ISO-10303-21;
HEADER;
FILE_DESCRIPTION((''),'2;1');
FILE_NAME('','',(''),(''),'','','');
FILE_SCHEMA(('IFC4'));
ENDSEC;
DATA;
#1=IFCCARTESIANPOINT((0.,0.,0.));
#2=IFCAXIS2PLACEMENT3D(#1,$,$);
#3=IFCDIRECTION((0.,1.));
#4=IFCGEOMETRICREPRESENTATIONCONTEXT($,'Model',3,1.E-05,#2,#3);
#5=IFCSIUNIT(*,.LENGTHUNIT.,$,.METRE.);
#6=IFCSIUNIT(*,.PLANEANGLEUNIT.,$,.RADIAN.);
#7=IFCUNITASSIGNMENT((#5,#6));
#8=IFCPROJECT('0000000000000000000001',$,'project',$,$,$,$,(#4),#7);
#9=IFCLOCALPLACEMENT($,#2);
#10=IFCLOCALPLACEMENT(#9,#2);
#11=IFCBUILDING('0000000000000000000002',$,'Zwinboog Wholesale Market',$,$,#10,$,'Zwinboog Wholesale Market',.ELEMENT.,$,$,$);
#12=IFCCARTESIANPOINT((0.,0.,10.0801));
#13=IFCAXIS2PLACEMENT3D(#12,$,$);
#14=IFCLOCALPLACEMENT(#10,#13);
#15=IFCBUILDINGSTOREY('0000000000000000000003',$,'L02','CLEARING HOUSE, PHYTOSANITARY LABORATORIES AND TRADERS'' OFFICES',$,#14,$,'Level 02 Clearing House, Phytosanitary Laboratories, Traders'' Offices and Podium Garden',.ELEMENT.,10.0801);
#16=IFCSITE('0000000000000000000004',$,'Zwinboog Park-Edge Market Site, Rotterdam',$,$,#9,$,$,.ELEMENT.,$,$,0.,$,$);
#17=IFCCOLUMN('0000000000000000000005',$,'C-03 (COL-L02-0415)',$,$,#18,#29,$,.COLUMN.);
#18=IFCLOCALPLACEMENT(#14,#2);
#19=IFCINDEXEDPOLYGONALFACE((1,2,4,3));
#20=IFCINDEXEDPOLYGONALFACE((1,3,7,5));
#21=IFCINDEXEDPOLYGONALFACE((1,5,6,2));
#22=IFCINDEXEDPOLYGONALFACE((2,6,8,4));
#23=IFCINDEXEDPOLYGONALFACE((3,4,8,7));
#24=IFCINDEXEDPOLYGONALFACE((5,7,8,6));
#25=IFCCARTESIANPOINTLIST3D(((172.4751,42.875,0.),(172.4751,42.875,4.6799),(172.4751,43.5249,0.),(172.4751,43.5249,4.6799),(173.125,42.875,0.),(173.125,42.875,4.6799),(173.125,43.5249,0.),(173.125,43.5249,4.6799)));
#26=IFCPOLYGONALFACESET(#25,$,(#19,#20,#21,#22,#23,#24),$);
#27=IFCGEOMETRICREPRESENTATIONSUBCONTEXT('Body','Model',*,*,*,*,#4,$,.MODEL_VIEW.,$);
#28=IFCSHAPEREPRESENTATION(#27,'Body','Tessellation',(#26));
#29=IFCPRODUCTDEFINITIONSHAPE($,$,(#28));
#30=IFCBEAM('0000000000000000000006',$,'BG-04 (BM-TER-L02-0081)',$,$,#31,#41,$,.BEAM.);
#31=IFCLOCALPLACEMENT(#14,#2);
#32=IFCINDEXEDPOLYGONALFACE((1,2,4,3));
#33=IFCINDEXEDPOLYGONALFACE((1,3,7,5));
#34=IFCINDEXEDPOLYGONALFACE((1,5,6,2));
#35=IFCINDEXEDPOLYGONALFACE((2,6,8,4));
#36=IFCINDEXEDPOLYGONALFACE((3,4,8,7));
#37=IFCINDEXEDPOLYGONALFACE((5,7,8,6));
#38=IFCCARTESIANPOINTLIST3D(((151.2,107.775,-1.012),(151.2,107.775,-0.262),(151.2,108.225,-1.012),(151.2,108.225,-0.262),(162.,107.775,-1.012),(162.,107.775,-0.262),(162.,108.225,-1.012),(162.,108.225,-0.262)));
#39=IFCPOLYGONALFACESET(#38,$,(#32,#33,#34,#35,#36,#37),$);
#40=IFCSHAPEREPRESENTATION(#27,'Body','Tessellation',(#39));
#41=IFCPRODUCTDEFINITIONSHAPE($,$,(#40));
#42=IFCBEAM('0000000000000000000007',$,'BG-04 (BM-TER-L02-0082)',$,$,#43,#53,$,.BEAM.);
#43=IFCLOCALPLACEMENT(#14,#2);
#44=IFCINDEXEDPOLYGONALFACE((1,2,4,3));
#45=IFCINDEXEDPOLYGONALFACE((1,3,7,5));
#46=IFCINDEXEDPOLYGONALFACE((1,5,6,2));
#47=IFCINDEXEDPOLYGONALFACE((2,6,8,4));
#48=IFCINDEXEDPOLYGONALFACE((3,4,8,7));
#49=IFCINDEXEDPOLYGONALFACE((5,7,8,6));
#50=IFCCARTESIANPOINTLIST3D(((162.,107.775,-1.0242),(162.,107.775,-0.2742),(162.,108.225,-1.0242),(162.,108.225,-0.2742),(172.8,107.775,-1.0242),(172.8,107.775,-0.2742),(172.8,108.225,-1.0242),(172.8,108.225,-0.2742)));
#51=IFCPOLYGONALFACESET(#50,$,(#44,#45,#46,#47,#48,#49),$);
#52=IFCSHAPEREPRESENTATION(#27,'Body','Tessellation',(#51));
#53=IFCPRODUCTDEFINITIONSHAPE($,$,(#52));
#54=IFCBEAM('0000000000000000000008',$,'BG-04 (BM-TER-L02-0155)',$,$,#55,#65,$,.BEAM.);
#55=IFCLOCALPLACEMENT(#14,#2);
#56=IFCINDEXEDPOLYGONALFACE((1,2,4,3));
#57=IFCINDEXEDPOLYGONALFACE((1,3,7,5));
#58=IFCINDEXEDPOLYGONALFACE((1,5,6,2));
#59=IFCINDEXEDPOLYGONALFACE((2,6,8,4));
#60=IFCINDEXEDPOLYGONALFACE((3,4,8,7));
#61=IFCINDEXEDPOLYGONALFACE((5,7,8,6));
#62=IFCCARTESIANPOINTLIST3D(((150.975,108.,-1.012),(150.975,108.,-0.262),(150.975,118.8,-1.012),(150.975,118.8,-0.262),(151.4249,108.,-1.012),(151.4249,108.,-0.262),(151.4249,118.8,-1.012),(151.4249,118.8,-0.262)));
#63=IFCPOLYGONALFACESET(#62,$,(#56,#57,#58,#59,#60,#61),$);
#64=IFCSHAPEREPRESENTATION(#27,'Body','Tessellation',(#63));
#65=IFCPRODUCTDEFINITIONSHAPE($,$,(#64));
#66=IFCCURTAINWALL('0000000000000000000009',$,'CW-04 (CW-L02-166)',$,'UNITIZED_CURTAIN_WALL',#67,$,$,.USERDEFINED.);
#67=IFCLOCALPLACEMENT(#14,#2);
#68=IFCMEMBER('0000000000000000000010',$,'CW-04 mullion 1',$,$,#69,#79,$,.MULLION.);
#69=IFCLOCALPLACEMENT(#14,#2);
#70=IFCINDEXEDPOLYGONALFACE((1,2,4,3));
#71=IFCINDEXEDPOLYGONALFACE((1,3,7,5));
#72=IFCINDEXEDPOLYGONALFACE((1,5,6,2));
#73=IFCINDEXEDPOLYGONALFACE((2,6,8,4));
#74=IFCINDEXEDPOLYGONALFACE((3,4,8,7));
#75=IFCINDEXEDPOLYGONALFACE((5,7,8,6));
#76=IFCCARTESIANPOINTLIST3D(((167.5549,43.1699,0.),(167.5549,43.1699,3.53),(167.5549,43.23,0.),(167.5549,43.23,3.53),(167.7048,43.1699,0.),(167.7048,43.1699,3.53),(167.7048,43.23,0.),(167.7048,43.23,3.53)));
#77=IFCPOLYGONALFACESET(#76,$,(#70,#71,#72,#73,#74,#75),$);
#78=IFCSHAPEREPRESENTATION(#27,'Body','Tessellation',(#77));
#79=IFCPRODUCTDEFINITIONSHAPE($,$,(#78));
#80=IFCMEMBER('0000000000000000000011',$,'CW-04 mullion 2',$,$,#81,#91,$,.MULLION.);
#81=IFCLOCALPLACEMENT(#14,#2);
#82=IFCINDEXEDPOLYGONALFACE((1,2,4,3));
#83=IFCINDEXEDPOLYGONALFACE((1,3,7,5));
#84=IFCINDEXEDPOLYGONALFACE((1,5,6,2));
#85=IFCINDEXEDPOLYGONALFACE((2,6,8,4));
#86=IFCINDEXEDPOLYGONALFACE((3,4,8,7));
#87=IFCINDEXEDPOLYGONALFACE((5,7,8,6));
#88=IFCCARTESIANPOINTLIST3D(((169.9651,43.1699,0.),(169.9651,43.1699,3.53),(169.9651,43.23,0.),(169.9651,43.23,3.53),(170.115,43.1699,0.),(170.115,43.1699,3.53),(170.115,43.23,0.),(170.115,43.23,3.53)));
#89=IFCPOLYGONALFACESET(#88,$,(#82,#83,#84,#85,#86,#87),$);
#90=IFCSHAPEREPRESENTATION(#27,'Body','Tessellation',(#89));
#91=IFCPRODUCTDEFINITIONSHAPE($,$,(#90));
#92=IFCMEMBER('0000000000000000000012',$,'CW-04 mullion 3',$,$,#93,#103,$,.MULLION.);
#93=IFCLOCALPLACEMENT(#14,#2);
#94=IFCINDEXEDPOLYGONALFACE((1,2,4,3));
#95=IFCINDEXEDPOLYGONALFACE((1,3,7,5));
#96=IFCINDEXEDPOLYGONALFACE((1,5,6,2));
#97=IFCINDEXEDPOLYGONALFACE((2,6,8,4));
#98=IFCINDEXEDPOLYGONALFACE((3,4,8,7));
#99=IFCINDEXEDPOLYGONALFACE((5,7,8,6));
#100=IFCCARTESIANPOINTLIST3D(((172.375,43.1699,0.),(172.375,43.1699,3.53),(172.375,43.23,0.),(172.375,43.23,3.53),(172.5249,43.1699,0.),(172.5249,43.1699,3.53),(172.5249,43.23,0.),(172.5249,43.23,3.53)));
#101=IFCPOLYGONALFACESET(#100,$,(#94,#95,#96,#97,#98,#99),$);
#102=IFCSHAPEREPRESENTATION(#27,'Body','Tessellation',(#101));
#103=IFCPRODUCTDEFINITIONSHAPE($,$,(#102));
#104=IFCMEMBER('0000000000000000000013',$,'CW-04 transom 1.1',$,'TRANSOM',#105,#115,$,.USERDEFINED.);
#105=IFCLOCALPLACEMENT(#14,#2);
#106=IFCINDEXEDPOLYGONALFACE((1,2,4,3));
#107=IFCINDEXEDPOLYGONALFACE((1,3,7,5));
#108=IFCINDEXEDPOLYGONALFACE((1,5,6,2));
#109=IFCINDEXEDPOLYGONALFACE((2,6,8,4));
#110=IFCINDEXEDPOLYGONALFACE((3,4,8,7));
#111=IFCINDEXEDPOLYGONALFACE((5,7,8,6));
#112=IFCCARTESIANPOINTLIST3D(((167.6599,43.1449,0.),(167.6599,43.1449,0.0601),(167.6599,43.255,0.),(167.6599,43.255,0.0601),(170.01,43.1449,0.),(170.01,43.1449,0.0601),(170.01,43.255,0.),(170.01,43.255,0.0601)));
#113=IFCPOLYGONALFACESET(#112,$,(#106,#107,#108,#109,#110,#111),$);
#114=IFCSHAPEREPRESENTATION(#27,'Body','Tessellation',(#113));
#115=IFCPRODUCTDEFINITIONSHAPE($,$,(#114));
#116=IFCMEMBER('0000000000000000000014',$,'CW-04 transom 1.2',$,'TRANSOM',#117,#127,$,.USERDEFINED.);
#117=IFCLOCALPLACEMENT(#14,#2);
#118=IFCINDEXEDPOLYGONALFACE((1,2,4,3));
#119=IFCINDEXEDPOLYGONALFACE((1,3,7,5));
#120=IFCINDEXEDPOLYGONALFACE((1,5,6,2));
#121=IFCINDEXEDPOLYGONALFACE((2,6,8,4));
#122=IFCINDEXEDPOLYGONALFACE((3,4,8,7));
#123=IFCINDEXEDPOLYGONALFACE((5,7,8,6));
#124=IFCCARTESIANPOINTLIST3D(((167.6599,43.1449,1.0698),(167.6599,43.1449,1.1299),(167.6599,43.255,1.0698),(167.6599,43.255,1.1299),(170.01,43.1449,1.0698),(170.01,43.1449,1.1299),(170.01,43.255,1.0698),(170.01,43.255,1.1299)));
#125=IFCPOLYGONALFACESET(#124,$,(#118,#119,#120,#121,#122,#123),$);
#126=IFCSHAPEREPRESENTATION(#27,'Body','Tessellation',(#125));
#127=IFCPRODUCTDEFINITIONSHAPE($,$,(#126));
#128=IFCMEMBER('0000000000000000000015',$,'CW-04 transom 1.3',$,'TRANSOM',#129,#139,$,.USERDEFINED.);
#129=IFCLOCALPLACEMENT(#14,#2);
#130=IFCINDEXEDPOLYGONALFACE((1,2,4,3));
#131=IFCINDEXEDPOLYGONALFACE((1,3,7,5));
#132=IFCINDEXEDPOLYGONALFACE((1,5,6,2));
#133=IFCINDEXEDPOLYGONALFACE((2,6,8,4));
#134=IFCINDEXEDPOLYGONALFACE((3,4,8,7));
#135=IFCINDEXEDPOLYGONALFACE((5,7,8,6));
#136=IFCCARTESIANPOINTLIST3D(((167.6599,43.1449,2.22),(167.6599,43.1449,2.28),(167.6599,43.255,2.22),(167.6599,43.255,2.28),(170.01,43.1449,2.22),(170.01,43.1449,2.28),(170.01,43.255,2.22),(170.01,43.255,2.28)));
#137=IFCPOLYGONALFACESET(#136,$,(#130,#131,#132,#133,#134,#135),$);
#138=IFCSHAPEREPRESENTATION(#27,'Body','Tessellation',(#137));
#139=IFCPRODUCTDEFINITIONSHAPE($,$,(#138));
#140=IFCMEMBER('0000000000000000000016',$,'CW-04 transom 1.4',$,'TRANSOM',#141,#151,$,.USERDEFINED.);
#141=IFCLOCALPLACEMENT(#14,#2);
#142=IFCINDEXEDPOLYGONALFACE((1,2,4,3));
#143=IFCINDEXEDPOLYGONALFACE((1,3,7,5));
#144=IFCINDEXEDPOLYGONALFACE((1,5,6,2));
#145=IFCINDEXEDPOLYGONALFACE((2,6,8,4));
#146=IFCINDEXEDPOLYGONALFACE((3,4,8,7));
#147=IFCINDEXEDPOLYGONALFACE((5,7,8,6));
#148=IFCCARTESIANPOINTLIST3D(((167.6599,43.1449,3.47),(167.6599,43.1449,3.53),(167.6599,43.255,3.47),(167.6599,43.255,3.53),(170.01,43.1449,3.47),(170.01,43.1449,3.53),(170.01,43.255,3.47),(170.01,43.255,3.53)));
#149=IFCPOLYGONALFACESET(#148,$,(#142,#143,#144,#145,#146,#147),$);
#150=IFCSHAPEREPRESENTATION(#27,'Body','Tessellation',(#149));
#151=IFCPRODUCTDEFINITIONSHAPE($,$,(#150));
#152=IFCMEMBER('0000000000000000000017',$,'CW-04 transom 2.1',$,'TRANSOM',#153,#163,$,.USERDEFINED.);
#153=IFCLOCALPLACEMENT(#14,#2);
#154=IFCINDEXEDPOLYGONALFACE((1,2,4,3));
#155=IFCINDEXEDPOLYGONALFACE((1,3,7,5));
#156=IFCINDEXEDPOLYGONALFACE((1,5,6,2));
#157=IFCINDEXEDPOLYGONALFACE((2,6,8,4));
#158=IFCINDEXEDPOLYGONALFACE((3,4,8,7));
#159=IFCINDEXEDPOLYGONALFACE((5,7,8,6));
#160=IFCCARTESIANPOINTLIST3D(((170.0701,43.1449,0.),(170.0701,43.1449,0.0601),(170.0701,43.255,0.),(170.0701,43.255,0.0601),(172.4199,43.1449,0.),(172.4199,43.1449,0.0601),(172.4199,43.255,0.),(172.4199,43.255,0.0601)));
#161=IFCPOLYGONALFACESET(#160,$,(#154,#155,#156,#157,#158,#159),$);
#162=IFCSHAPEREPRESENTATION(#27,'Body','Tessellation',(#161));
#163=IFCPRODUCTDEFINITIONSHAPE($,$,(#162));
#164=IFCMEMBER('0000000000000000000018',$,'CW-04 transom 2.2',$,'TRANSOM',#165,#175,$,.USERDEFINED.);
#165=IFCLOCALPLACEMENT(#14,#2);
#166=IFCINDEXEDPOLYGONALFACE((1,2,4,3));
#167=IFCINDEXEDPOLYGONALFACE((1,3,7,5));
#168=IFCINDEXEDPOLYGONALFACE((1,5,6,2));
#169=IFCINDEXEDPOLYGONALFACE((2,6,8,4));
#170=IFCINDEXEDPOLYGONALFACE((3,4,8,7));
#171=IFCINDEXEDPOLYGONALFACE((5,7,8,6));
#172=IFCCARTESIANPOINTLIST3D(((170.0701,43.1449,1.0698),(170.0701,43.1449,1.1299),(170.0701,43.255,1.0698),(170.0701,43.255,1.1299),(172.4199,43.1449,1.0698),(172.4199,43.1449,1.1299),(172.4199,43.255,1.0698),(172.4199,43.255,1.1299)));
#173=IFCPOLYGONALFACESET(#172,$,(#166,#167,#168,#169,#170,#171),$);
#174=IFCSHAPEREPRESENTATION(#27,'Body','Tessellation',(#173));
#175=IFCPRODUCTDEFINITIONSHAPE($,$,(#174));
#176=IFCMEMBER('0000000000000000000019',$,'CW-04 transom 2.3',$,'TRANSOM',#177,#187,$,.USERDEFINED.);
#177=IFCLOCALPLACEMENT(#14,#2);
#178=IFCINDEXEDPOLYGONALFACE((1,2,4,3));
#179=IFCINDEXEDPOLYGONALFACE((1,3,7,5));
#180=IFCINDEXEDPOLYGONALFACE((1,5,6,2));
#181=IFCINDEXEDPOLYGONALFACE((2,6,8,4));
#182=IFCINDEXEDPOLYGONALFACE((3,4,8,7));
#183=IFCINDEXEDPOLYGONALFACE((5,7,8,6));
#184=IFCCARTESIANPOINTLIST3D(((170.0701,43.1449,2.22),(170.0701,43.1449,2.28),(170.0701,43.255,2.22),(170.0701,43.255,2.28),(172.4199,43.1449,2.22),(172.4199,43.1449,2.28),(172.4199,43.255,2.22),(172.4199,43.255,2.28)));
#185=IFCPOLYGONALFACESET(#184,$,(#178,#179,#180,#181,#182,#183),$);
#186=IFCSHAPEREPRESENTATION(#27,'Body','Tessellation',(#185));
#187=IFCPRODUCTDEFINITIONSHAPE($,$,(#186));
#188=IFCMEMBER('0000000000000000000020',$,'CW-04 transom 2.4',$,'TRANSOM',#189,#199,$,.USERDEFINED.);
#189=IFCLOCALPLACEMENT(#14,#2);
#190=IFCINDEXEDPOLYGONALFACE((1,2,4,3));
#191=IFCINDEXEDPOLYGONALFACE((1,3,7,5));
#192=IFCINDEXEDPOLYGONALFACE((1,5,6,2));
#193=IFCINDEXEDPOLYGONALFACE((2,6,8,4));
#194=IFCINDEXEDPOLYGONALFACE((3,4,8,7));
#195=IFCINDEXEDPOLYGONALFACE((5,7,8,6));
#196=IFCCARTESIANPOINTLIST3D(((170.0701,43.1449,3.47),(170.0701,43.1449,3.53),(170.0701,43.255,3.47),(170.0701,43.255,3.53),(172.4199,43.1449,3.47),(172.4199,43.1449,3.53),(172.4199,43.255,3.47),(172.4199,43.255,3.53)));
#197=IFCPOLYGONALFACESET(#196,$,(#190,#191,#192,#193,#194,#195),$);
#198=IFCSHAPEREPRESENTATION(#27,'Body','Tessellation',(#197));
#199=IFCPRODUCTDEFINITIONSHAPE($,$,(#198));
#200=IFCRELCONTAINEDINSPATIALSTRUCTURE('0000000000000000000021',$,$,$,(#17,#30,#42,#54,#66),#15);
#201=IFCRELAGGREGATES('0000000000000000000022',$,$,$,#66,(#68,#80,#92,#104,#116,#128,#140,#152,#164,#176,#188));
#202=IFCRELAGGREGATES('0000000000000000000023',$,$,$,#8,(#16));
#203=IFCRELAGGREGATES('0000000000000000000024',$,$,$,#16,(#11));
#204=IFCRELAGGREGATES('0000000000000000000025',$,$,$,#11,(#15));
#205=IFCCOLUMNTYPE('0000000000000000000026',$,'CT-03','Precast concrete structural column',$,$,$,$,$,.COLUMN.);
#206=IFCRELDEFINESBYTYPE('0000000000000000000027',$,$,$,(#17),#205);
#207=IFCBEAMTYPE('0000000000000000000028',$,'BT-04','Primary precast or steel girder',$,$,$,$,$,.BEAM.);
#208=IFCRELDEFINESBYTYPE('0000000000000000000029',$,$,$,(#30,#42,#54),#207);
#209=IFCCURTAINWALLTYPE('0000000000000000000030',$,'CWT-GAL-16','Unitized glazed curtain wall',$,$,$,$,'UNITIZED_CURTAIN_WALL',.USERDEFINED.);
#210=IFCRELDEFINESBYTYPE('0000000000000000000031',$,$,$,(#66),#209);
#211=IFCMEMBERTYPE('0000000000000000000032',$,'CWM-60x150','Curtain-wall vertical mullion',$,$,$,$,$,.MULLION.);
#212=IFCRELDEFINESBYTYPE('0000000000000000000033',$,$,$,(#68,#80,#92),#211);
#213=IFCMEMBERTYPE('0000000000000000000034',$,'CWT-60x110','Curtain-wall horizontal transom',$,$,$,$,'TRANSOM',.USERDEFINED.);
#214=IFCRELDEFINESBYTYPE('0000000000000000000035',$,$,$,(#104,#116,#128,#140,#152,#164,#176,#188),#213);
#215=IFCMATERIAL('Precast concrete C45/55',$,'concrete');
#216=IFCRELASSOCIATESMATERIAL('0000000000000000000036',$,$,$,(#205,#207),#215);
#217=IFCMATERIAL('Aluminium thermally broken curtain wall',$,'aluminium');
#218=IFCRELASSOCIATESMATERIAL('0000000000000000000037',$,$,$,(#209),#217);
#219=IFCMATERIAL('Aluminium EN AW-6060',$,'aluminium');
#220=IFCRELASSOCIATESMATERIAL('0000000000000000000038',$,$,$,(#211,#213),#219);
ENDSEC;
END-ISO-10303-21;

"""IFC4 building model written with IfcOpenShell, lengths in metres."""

from ifc_helpers import new_model, si_unit, direction, frame, origin, origin_2d, place, context, subcontext, project, spatial, rectangle, extrude, material, material_profile, profile_set, type_object, element, aggregate, save


model = new_model("IFC4")

# Units and contexts
model_context = context("Model", 3, precision=1e-05, world=origin(), true_north=direction((0.0, 1.0)))
body_context = subcontext(model_context, "Body", "Model", "MODEL_VIEW")
ifc_project = project(units=[si_unit("LENGTHUNIT", "METRE"), si_unit("PLANEANGLEUNIT", "RADIAN")], contexts=[model_context])

# Site, building, storey
site_placement = place(None, origin())
site = spatial("IfcSite", under=ifc_project, at=site_placement, Name="Zwinboog Park-Edge Market Site, Rotterdam", CompositionType="ELEMENT", RefElevation=0.0)
building_placement = place(site_placement, origin())
building = spatial("IfcBuilding", under=site, at=building_placement, Name="Zwinboog Wholesale Market", LongName="Zwinboog Wholesale Market", CompositionType="ELEMENT")
storey_placement = place(building_placement, frame((0.0, 0.0, 10.0801)))
storey = spatial("IfcBuildingStorey", under=building, at=storey_placement, Name="L02", Description="CLEARING HOUSE, PHYTOSANITARY LABORATORIES AND TRADERS' OFFICES", LongName="Level 02 Clearing House, Phytosanitary Laboratories, Traders' Offices and Podium Garden", CompositionType="ELEMENT", Elevation=10.0801)

# Column
ifc_material_1 = material(Name="Precast concrete C45/55", Category="concrete")
ifc_material_profile_1 = material_profile(ifc_material_1, rectangle(XDim=0.6499, YDim=0.6499, at=origin_2d()), Name="PC 650x650")
ifc_profile_set_1 = profile_set([ifc_material_profile_1], Name="Precast concrete C45/55")
column_type = type_object("IfcColumnType", Name="CT-03", Description="Precast concrete structural column", PredefinedType="COLUMN", material=ifc_profile_set_1)
column_placement = place(storey_placement, frame((172.8, 43.2, 0.0), z_axis=(0.0, 0.0, 1.0), x_axis=(1.0, 0.0, 0.0)))
element("IfcColumn", 1, at=column_placement, inside=storey, type_object=column_type, Name="C-03 (COL-L02-0415)", PredefinedType="COLUMN", context=body_context, shape_type="SweptSolid", body=[
    extrude(rectangle(XDim=0.6499, YDim=0.6499, at=origin_2d()), origin(), (0.0, 0.0, 1.0), 4.6799),
])

# Beams
ifc_material_profile_2 = material_profile(ifc_material_1, rectangle(XDim=0.45, YDim=0.75, at=origin_2d()), Name="PC 450x750")
ifc_profile_set_2 = profile_set([ifc_material_profile_2], Name="Precast concrete C45/55")
beam_type = type_object("IfcBeamType", Name="BT-04", Description="Primary precast or steel girder", PredefinedType="BEAM", material=ifc_profile_set_2)
for number, where, z_axis, x_axis, name in (
    (2, (151.2, 108.0, -0.637), (1.0, 0.0, 0.0), (0.0, 1.0, 0.0), "BG-04 (BM-TER-L02-0081)"),
    (3, (162.0, 108.0, -0.6492), (1.0, 0.0, 0.0), (0.0, 1.0, 0.0), "BG-04 (BM-TER-L02-0082)"),
    (4, (151.2, 108.0, -0.637), (0.0, 1.0, 0.0), (-1.0, 0.0, 0.0), "BG-04 (BM-TER-L02-0155)"),
):
    element("IfcBeam", number, at=place(storey_placement, frame(where, z_axis=z_axis, x_axis=x_axis)), inside=storey, type_object=beam_type, Name=name, PredefinedType="BEAM", context=body_context, shape_type="SweptSolid", body=[
        extrude(rectangle(XDim=0.45, YDim=0.75, at=origin_2d()), origin(), (0.0, 0.0, 1.0), 10.8),
    ])

# Curtain wall, members
ifc_material_2 = material(Name="Aluminium thermally broken curtain wall", Category="aluminium")
curtain_wall_type = type_object("IfcCurtainWallType", Name="CWT-GAL-16", Description="Unitized glazed curtain wall", ElementType="UNITIZED_CURTAIN_WALL", PredefinedType="USERDEFINED", material=ifc_material_2)
curtain_wall_placement = place(storey_placement, origin())
curtain_wall = element("IfcCurtainWall", 5, at=curtain_wall_placement, inside=storey, type_object=curtain_wall_type, Name="CW-04 (CW-L02-166)", ObjectType="UNITIZED_CURTAIN_WALL", PredefinedType="USERDEFINED")
ifc_material_3 = material(Name="Aluminium EN AW-6060", Category="aluminium")
ifc_material_profile_3 = material_profile(ifc_material_3, rectangle(XDim=0.0601, YDim=0.1499, at=origin_2d()), Name="AL 60x150")
ifc_profile_set_3 = profile_set([ifc_material_profile_3], Name="Aluminium EN AW-6060")
member_type_1 = type_object("IfcMemberType", Name="CWM-60x150", Description="Curtain-wall vertical mullion", PredefinedType="MULLION", material=ifc_profile_set_3)
member_1_placement = place(storey_placement, frame((167.6299, 43.2, 0.0), z_axis=(0.0, 0.0, 1.0), x_axis=(0.0, 1.0, 0.0)))
member_1 = element("IfcMember", 6, at=member_1_placement, type_object=member_type_1, Name="CW-04 mullion 1", PredefinedType="MULLION", context=body_context, shape_type="SweptSolid", body=[
    extrude(rectangle(XDim=0.0601, YDim=0.1499, at=origin_2d()), origin(), (0.0, 0.0, 1.0), 3.53),
])
member_2_placement = place(storey_placement, frame((170.04, 43.2, 0.0), z_axis=(0.0, 0.0, 1.0), x_axis=(0.0, 1.0, 0.0)))
member_2 = element("IfcMember", 7, at=member_2_placement, type_object=member_type_1, Name="CW-04 mullion 2", PredefinedType="MULLION", context=body_context, shape_type="SweptSolid", body=[
    extrude(rectangle(XDim=0.0601, YDim=0.1499, at=origin_2d()), origin(), (0.0, 0.0, 1.0), 3.53),
])
member_3_placement = place(storey_placement, frame((172.45, 43.2, 0.0), z_axis=(0.0, 0.0, 1.0), x_axis=(0.0, 1.0, 0.0)))
member_3 = element("IfcMember", 8, at=member_3_placement, type_object=member_type_1, Name="CW-04 mullion 3", PredefinedType="MULLION", context=body_context, shape_type="SweptSolid", body=[
    extrude(rectangle(XDim=0.0601, YDim=0.1499, at=origin_2d()), origin(), (0.0, 0.0, 1.0), 3.53),
])
ifc_material_profile_4 = material_profile(ifc_material_3, rectangle(XDim=0.1101, YDim=0.0601, at=origin_2d()), Name="AL 60x110")
ifc_profile_set_4 = profile_set([ifc_material_profile_4], Name="Aluminium EN AW-6060")
member_type_2 = type_object("IfcMemberType", Name="CWT-60x110", Description="Curtain-wall horizontal transom", ElementType="TRANSOM", PredefinedType="USERDEFINED", material=ifc_profile_set_4)
member_4_placement = place(storey_placement, frame((167.6599, 43.2, 0.03), z_axis=(1.0, 0.0, 0.0), x_axis=(0.0, 1.0, 0.0)))
member_4 = element("IfcMember", 9, at=member_4_placement, type_object=member_type_2, Name="CW-04 transom 1.1", ObjectType="TRANSOM", PredefinedType="USERDEFINED", context=body_context, shape_type="SweptSolid", body=[
    extrude(rectangle(XDim=0.1101, YDim=0.0601, at=origin_2d()), origin(), (0.0, 0.0, 1.0), 2.3501),
])
member_5_placement = place(storey_placement, frame((167.6599, 43.2, 1.0999), z_axis=(1.0, 0.0, 0.0), x_axis=(0.0, 1.0, 0.0)))
member_5 = element("IfcMember", 10, at=member_5_placement, type_object=member_type_2, Name="CW-04 transom 1.2", ObjectType="TRANSOM", PredefinedType="USERDEFINED", context=body_context, shape_type="SweptSolid", body=[
    extrude(rectangle(XDim=0.1101, YDim=0.0601, at=origin_2d()), origin(), (0.0, 0.0, 1.0), 2.3501),
])
member_6_placement = place(storey_placement, frame((167.6599, 43.2, 2.25), z_axis=(1.0, 0.0, 0.0), x_axis=(0.0, 1.0, 0.0)))
member_6 = element("IfcMember", 11, at=member_6_placement, type_object=member_type_2, Name="CW-04 transom 1.3", ObjectType="TRANSOM", PredefinedType="USERDEFINED", context=body_context, shape_type="SweptSolid", body=[
    extrude(rectangle(XDim=0.1101, YDim=0.0601, at=origin_2d()), origin(), (0.0, 0.0, 1.0), 2.3501),
])
member_7_placement = place(storey_placement, frame((167.6599, 43.2, 3.5), z_axis=(1.0, 0.0, 0.0), x_axis=(0.0, 1.0, 0.0)))
member_7 = element("IfcMember", 12, at=member_7_placement, type_object=member_type_2, Name="CW-04 transom 1.4", ObjectType="TRANSOM", PredefinedType="USERDEFINED", context=body_context, shape_type="SweptSolid", body=[
    extrude(rectangle(XDim=0.1101, YDim=0.0601, at=origin_2d()), origin(), (0.0, 0.0, 1.0), 2.3501),
])
member_8_placement = place(storey_placement, frame((170.0701, 43.2, 0.03), z_axis=(1.0, 0.0, 0.0), x_axis=(0.0, 1.0, 0.0)))
member_8 = element("IfcMember", 13, at=member_8_placement, type_object=member_type_2, Name="CW-04 transom 2.1", ObjectType="TRANSOM", PredefinedType="USERDEFINED", context=body_context, shape_type="SweptSolid", body=[
    extrude(rectangle(XDim=0.1101, YDim=0.0601, at=origin_2d()), origin(), (0.0, 0.0, 1.0), 2.3499),
])
member_9_placement = place(storey_placement, frame((170.0701, 43.2, 1.0999), z_axis=(1.0, 0.0, 0.0), x_axis=(0.0, 1.0, 0.0)))
member_9 = element("IfcMember", 14, at=member_9_placement, type_object=member_type_2, Name="CW-04 transom 2.2", ObjectType="TRANSOM", PredefinedType="USERDEFINED", context=body_context, shape_type="SweptSolid", body=[
    extrude(rectangle(XDim=0.1101, YDim=0.0601, at=origin_2d()), origin(), (0.0, 0.0, 1.0), 2.3499),
])
member_10_placement = place(storey_placement, frame((170.0701, 43.2, 2.25), z_axis=(1.0, 0.0, 0.0), x_axis=(0.0, 1.0, 0.0)))
member_10 = element("IfcMember", 15, at=member_10_placement, type_object=member_type_2, Name="CW-04 transom 2.3", ObjectType="TRANSOM", PredefinedType="USERDEFINED", context=body_context, shape_type="SweptSolid", body=[
    extrude(rectangle(XDim=0.1101, YDim=0.0601, at=origin_2d()), origin(), (0.0, 0.0, 1.0), 2.3499),
])
member_11_placement = place(storey_placement, frame((170.0701, 43.2, 3.5), z_axis=(1.0, 0.0, 0.0), x_axis=(0.0, 1.0, 0.0)))
member_11 = element("IfcMember", 16, at=member_11_placement, type_object=member_type_2, Name="CW-04 transom 2.4", ObjectType="TRANSOM", PredefinedType="USERDEFINED", context=body_context, shape_type="SweptSolid", body=[
    extrude(rectangle(XDim=0.1101, YDim=0.0601, at=origin_2d()), origin(), (0.0, 0.0, 1.0), 2.3499),
])
aggregate(curtain_wall, [member_1, member_2, member_3, member_4, member_5, member_6, member_7, member_8, member_9, member_10, member_11])

save(model, "model.ifc")
